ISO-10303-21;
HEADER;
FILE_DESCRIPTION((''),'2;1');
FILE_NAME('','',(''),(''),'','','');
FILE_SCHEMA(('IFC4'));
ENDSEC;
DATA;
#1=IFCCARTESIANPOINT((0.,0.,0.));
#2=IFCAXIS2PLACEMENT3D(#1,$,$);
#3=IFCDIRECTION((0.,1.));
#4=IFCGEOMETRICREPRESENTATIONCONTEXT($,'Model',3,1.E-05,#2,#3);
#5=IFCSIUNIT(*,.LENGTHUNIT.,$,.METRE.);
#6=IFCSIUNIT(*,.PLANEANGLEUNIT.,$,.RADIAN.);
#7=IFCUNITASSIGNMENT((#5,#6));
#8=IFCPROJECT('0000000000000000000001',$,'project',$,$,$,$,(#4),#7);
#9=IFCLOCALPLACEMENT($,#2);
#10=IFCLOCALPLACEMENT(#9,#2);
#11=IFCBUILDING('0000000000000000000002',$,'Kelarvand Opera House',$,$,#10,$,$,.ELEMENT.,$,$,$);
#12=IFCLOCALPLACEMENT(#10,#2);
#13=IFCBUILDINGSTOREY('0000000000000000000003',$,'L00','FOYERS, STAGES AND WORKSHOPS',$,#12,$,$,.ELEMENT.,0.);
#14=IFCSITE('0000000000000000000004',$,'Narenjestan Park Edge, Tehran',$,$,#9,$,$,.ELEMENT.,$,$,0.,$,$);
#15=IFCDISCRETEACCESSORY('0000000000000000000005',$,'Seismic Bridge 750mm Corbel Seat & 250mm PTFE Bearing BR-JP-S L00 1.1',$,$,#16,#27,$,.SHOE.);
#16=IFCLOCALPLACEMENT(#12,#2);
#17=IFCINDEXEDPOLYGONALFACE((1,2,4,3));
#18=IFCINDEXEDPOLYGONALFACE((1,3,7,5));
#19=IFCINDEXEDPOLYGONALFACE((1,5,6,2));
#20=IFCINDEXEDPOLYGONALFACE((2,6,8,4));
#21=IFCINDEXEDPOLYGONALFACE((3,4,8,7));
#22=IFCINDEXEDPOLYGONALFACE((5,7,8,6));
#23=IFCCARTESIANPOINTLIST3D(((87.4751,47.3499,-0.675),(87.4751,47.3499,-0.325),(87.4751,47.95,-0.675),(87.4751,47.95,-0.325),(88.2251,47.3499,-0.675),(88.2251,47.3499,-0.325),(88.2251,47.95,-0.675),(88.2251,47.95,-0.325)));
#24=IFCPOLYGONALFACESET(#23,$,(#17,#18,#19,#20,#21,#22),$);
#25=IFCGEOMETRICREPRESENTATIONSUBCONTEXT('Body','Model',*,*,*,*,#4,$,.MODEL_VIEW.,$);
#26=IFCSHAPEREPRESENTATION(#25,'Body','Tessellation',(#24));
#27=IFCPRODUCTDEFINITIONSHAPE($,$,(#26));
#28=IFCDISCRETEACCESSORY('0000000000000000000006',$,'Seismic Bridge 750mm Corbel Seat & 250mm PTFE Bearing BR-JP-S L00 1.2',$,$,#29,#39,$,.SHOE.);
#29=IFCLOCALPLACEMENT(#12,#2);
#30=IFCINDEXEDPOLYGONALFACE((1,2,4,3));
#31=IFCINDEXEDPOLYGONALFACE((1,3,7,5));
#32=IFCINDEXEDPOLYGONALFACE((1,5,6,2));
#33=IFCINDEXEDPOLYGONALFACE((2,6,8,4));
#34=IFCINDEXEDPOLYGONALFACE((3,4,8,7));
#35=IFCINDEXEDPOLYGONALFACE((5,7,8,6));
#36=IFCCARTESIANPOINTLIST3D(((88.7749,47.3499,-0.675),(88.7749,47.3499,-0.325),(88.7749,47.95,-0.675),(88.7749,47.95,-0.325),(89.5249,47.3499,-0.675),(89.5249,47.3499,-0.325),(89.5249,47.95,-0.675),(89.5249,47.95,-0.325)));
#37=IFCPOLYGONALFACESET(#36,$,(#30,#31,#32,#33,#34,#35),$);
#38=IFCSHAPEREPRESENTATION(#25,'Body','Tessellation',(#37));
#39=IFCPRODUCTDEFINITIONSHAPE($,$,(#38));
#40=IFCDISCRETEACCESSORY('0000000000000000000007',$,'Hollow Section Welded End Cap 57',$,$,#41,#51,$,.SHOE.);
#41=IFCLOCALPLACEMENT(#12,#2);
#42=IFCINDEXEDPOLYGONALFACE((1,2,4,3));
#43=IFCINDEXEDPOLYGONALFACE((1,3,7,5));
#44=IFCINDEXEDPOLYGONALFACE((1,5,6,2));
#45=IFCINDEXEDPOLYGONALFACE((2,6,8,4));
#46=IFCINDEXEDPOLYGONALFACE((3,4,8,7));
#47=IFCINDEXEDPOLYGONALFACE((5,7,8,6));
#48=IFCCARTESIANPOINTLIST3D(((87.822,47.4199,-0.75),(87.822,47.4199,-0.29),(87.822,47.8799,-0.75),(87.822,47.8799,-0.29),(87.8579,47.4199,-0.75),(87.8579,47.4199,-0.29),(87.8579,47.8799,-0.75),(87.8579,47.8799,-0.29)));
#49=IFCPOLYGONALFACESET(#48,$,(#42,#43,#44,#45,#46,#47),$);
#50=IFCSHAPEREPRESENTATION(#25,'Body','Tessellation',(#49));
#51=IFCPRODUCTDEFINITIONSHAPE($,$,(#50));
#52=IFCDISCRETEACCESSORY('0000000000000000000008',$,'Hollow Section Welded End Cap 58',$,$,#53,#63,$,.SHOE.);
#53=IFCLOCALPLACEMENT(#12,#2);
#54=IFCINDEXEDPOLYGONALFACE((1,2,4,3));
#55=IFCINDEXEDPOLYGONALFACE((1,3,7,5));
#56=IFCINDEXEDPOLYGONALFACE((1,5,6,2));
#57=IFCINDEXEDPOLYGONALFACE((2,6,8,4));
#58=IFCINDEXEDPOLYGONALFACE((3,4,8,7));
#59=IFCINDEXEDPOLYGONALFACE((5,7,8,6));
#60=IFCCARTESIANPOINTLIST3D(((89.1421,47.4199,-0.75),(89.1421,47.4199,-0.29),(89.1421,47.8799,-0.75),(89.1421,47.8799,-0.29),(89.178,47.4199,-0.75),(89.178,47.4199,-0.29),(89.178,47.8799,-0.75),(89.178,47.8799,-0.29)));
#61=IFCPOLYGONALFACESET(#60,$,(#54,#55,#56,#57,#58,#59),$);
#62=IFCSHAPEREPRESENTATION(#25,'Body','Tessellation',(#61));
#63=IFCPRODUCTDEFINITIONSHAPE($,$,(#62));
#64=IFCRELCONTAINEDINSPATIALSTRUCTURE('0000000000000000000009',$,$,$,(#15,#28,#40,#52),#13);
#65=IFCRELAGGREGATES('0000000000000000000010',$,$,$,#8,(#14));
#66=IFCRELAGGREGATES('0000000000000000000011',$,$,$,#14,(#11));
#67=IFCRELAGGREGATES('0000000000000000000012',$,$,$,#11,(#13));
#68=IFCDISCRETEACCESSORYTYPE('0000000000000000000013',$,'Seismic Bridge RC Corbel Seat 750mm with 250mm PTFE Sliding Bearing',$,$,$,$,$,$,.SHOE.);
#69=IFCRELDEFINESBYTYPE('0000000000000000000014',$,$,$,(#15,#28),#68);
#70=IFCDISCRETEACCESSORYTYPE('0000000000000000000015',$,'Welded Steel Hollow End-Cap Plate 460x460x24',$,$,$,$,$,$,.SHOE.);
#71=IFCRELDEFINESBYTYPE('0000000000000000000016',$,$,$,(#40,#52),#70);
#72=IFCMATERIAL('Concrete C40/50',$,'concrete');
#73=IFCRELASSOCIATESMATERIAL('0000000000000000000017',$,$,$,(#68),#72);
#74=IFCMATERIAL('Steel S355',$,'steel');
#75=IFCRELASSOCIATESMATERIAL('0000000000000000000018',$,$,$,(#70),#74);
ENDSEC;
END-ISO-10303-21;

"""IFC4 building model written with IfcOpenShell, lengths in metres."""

from ifc_helpers import new_model, si_unit, direction, frame, origin, origin_2d, place, context, subcontext, project, spatial, rectangle, extrude, material, material_profile, profile_set, type_object, element, save


model = new_model("IFC4")

# Units and contexts
model_context = context("Model", 3, precision=1e-05, world=origin(), true_north=direction((0.0, 1.0)))
body_context = subcontext(model_context, "Body", "Model", "MODEL_VIEW")
ifc_project = project(units=[si_unit("LENGTHUNIT", "METRE"), si_unit("PLANEANGLEUNIT", "RADIAN")], contexts=[model_context])

# Site, building, storey
site_placement = place(None, origin())
site = spatial("IfcSite", under=ifc_project, at=site_placement, Name="Narenjestan Park Edge, Tehran", CompositionType="ELEMENT", RefElevation=0.0)
building_placement = place(site_placement, origin())
building = spatial("IfcBuilding", under=site, at=building_placement, Name="Kelarvand Opera House", CompositionType="ELEMENT")
storey_placement = place(building_placement, origin())
storey = spatial("IfcBuildingStorey", under=building, at=storey_placement, Name="L00", Description="FOYERS, STAGES AND WORKSHOPS", CompositionType="ELEMENT", Elevation=0.0)

# Shared definitions
ifc_material_1 = material(Name="Concrete C40/50", Category="concrete")

# Shared definitions
ifc_material_2 = material(Name="Steel S355", Category="steel")

# Discrete accessories
discrete_accessory_type_1 = type_object("IfcDiscreteAccessoryType", Name="Seismic Bridge RC Corbel Seat 750mm with 250mm PTFE Sliding Bearing", PredefinedType="SHOE", material=ifc_material_1)
for number, where, z_axis, x_axis, name in (
    (1, (87.8501, 47.6499, -0.675), (0.0, 0.0, 1.0), (1.0, 0.0, 0.0), "Seismic Bridge 750mm Corbel Seat & 250mm PTFE Bearing BR-JP-S L00 1.1"),
    (2, (89.1499, 47.6499, -0.675), (0.0, 0.0, 1.0), (1.0, 0.0, 0.0), "Seismic Bridge 750mm Corbel Seat & 250mm PTFE Bearing BR-JP-S L00 1.2"),
):
    element("IfcDiscreteAccessory", number, at=place(storey_placement, frame(where, z_axis=z_axis, x_axis=x_axis)), inside=storey, type_object=discrete_accessory_type_1, Name=name, PredefinedType="SHOE", context=body_context, shape_type="SweptSolid", body=[
        extrude(rectangle(XDim=0.75, YDim=0.6001, at=origin_2d()), origin(), (0.0, 0.0, 1.0), 0.3501),
    ])
ifc_material_profile_1 = material_profile(ifc_material_2, rectangle(XDim=0.46, YDim=0.46, at=origin_2d()), Name="Welded Steel Hollow End-Cap Plate 460x460x24", Category="steel")
ifc_profile_set_1 = profile_set([ifc_material_profile_1], Name="Steel S355")
discrete_accessory_type_2 = type_object("IfcDiscreteAccessoryType", Name="Welded Steel Hollow End-Cap Plate 460x460x24", PredefinedType="SHOE", material=ifc_profile_set_1)
for number, where, z_axis, x_axis, name in (
    (3, (87.8579, 47.6499, -0.52), (-1.0, 0.0, 0.0), (0.0, -1.0, 0.0), "Hollow Section Welded End Cap 57"),
    (4, (89.1421, 47.6499, -0.52), (1.0, 0.0, 0.0), (0.0, 1.0, 0.0), "Hollow Section Welded End Cap 58"),
):
    element("IfcDiscreteAccessory", number, at=place(storey_placement, frame(where, z_axis=z_axis, x_axis=x_axis)), inside=storey, type_object=discrete_accessory_type_2, Name=name, PredefinedType="SHOE", context=body_context, shape_type="SweptSolid", body=[
        extrude(rectangle(XDim=0.46, YDim=0.46, at=origin_2d()), origin(), (0.0, 0.0, 1.0), 0.0359),
    ])

save(model, "model.ifc")
